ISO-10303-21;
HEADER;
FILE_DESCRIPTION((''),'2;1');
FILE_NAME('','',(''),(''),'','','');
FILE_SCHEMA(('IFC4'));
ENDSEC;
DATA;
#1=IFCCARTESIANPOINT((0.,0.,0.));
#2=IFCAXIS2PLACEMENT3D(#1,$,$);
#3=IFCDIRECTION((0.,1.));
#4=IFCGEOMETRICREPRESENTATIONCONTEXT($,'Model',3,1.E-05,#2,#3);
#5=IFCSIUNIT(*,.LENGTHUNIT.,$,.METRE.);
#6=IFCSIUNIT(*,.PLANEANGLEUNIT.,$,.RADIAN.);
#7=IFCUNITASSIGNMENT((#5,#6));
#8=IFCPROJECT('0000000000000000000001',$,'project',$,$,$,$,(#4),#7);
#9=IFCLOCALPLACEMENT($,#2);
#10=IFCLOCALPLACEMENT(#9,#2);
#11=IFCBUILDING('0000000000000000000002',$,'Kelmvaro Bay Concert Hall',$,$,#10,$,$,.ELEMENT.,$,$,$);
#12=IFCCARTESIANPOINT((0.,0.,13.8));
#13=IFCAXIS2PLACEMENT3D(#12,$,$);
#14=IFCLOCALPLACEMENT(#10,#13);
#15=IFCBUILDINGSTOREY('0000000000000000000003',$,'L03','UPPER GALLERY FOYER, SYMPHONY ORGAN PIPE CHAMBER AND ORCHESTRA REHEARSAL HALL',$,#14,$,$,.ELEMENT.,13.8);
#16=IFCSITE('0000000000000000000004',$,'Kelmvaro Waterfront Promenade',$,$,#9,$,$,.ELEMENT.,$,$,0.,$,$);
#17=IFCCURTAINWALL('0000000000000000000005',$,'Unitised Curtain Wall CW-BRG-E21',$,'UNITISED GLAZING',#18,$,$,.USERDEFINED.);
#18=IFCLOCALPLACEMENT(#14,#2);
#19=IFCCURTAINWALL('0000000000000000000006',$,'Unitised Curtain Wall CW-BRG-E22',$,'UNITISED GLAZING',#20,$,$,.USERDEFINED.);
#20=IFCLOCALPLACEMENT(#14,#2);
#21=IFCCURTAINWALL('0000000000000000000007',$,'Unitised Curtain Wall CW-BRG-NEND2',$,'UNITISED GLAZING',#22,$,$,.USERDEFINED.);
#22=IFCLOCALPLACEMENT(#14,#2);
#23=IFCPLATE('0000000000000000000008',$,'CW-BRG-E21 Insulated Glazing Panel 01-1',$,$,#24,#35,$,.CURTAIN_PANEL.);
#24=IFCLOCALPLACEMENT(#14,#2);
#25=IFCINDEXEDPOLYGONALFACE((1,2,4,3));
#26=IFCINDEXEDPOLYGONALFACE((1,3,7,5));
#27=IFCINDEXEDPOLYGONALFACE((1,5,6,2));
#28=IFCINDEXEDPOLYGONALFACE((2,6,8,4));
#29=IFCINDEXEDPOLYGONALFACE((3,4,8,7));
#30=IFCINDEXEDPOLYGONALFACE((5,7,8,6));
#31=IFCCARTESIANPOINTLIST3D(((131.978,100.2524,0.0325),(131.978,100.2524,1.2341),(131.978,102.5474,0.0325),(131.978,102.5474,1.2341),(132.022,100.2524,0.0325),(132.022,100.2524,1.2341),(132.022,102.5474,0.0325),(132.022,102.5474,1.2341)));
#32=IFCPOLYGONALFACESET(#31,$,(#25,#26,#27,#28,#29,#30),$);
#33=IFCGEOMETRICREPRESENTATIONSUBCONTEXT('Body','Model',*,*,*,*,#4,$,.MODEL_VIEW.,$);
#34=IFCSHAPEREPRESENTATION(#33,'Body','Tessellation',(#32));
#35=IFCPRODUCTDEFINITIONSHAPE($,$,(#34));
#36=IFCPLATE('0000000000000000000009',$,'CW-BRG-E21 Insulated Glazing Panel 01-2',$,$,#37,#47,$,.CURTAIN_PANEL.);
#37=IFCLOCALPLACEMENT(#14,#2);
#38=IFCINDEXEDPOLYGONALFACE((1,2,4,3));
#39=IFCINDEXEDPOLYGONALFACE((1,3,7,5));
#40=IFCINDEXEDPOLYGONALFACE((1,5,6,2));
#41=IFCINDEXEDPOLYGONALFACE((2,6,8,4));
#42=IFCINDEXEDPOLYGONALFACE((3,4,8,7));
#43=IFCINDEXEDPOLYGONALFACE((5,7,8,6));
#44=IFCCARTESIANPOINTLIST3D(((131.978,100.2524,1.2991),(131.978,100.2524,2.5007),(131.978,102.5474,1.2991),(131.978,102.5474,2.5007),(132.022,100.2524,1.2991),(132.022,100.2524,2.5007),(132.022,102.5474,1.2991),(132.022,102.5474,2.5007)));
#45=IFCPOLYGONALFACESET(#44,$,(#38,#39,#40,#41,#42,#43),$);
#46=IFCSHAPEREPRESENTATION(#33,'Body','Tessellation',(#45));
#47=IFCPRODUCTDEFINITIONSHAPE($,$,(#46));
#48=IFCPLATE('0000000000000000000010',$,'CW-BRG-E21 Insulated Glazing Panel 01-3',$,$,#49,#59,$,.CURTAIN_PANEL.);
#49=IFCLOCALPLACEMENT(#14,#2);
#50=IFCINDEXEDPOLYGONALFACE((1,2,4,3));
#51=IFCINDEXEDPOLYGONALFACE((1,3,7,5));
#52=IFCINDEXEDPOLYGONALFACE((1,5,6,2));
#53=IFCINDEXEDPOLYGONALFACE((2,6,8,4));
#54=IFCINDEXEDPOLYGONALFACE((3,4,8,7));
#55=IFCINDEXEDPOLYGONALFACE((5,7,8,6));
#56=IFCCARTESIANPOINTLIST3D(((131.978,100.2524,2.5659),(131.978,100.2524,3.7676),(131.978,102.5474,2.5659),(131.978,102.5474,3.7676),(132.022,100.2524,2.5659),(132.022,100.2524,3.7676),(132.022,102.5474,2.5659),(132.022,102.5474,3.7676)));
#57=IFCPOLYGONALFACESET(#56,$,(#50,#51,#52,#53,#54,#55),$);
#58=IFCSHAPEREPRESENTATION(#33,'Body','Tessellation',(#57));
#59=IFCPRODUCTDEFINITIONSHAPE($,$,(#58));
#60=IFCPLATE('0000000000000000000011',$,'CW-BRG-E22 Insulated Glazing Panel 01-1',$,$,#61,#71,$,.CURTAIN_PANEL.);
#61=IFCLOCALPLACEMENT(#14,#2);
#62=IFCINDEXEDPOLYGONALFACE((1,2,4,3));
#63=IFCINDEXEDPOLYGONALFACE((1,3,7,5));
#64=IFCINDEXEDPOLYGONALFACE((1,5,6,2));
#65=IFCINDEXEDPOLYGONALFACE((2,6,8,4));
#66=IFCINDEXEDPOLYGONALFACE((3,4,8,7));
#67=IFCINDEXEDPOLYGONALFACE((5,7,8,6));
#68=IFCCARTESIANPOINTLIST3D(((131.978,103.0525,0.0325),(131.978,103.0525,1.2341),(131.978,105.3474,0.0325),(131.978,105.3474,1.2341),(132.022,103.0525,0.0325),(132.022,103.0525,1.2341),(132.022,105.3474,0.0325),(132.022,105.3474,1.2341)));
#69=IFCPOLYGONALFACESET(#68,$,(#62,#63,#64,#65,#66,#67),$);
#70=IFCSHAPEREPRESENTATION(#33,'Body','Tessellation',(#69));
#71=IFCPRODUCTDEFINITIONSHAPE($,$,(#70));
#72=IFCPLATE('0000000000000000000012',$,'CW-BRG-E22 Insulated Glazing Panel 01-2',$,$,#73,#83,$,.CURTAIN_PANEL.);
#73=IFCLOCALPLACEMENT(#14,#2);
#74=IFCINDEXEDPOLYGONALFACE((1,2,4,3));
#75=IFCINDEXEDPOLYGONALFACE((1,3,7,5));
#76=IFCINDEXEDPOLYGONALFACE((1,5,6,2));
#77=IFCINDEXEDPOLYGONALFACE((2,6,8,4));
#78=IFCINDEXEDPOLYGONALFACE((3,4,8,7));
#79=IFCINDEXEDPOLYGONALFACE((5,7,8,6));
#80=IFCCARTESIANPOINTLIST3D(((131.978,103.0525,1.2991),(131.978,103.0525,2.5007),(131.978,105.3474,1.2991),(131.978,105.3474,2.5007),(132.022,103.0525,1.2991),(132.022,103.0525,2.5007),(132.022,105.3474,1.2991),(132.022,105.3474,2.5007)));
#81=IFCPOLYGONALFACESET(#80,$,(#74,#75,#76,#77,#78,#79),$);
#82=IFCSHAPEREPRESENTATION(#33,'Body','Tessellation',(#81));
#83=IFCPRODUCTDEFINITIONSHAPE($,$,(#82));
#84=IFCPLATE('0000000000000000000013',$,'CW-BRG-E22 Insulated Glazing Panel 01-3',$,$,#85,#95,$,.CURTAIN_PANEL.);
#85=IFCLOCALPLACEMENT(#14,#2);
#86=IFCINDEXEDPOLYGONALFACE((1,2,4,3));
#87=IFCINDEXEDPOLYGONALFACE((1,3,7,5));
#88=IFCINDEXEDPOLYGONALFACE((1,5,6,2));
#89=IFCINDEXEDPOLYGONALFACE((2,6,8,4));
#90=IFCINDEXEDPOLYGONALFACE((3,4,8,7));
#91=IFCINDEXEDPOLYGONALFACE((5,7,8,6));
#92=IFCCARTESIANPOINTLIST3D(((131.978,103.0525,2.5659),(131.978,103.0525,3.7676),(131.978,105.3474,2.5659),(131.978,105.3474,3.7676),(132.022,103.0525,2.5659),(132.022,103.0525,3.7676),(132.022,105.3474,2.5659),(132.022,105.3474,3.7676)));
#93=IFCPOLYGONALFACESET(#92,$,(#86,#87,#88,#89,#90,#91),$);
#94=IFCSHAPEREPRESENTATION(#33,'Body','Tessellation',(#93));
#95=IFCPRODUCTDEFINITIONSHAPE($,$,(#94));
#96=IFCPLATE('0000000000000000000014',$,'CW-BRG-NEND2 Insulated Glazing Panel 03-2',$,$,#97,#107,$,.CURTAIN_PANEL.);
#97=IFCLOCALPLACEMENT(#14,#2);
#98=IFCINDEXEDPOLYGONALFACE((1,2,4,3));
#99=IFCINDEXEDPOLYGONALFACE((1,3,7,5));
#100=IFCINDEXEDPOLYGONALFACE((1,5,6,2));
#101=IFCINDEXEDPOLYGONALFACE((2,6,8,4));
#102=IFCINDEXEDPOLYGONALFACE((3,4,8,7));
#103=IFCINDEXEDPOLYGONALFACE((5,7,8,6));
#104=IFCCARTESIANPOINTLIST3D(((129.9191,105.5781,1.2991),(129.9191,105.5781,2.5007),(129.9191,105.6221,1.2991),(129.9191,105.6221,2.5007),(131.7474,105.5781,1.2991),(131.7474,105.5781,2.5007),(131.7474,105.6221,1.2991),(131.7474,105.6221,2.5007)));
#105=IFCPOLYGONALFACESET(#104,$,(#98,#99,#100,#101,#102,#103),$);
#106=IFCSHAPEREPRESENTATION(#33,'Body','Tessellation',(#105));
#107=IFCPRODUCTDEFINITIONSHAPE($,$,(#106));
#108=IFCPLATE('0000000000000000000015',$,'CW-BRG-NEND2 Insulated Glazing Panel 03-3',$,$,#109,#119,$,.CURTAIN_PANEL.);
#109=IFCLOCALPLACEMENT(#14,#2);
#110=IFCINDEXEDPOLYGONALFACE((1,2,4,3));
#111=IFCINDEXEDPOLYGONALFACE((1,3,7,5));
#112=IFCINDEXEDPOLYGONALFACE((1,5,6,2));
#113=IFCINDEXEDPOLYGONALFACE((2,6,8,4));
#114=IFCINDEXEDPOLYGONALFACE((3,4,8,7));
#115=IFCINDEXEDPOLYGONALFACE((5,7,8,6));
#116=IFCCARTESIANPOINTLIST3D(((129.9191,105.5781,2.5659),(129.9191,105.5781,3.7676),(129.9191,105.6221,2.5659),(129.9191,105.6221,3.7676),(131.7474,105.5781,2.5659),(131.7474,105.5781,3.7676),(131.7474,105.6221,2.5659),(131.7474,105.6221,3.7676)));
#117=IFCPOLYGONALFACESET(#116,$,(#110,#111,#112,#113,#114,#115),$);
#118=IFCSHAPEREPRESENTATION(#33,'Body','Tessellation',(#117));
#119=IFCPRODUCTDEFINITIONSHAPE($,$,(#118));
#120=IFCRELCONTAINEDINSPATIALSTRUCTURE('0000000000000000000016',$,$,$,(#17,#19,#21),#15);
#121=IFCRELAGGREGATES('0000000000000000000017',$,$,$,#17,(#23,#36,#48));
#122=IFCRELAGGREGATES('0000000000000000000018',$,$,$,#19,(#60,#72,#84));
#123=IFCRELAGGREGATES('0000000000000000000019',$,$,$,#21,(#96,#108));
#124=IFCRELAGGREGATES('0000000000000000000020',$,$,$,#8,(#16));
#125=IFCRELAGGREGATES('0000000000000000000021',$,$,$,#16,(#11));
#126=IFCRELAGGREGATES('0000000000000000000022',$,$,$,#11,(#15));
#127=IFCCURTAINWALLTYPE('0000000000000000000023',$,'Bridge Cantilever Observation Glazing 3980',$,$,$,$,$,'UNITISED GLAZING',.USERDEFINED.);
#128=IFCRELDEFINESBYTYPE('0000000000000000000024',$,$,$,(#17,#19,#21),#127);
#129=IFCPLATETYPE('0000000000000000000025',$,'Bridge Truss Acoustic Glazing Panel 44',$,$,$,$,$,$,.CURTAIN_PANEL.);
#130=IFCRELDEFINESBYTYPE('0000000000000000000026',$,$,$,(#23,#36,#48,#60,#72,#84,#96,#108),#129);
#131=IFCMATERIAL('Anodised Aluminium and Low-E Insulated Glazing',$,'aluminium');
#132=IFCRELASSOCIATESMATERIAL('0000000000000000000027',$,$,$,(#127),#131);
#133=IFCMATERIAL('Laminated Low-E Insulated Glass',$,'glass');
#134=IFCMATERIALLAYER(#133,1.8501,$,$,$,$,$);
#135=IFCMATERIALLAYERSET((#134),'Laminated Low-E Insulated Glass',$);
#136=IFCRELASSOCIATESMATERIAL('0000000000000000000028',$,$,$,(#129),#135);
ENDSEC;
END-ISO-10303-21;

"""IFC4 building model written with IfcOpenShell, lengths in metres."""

from ifc_helpers import new_model, si_unit, direction, frame, origin, origin_2d, place, context, subcontext, project, spatial, rectangle, extrude, material, layer, layer_set, type_object, element, aggregate, save


model = new_model("IFC4")

# Units and contexts
model_context = context("Model", 3, precision=1e-05, world=origin(), true_north=direction((0.0, 1.0)))
body_context = subcontext(model_context, "Body", "Model", "MODEL_VIEW")
ifc_project = project(units=[si_unit("LENGTHUNIT", "METRE"), si_unit("PLANEANGLEUNIT", "RADIAN")], contexts=[model_context])

# Site, building, storey
site_placement = place(None, origin())
site = spatial("IfcSite", under=ifc_project, at=site_placement, Name="Kelmvaro Waterfront Promenade", CompositionType="ELEMENT", RefElevation=0.0)
building_placement = place(site_placement, origin())
building = spatial("IfcBuilding", under=site, at=building_placement, Name="Kelmvaro Bay Concert Hall", CompositionType="ELEMENT")
storey_placement = place(building_placement, frame((0.0, 0.0, 13.8)))
storey = spatial("IfcBuildingStorey", under=building, at=storey_placement, Name="L03", Description="UPPER GALLERY FOYER, SYMPHONY ORGAN PIPE CHAMBER AND ORCHESTRA REHEARSAL HALL", CompositionType="ELEMENT", Elevation=13.8)

# Curtain walls
ifc_material_1 = material(Name="Anodised Aluminium and Low-E Insulated Glazing", Category="aluminium")
curtain_wall_type = type_object("IfcCurtainWallType", Name="Bridge Cantilever Observation Glazing 3980", ElementType="UNITISED GLAZING", PredefinedType="USERDEFINED", material=ifc_material_1)
curtain_wall_1_placement = place(storey_placement, origin())
curtain_wall_1 = element("IfcCurtainWall", 1, at=curtain_wall_1_placement, inside=storey, type_object=curtain_wall_type, Name="Unitised Curtain Wall CW-BRG-E21", ObjectType="UNITISED GLAZING", PredefinedType="USERDEFINED")
curtain_wall_2_placement = place(storey_placement, origin())
curtain_wall_2 = element("IfcCurtainWall", 2, at=curtain_wall_2_placement, inside=storey, type_object=curtain_wall_type, Name="Unitised Curtain Wall CW-BRG-E22", ObjectType="UNITISED GLAZING", PredefinedType="USERDEFINED")

# Curtain wall
curtain_wall_3_placement = place(storey_placement, origin())
curtain_wall_3 = element("IfcCurtainWall", 3, at=curtain_wall_3_placement, inside=storey, type_object=curtain_wall_type, Name="Unitised Curtain Wall CW-BRG-NEND2", ObjectType="UNITISED GLAZING", PredefinedType="USERDEFINED")

# Plates
ifc_material_2 = material(Name="Laminated Low-E Insulated Glass", Category="glass")
ifc_layer_1 = layer(ifc_material_2, 1.8501)
ifc_layer_set_1 = layer_set([ifc_layer_1], Name="Laminated Low-E Insulated Glass")
plate_type_1 = type_object("IfcPlateType", Name="Bridge Truss Acoustic Glazing Panel 44", PredefinedType="CURTAIN_PANEL", material=ifc_layer_set_1)
plate_1_placement = place(storey_placement, frame((132.0, 101.3999, 0.0325), z_axis=(0.0, 0.0, 1.0), x_axis=(0.0, -1.0, 0.0)))
plate_1 = element("IfcPlate", 4, at=plate_1_placement, type_object=plate_type_1, Name="CW-BRG-E21 Insulated Glazing Panel 01-1", PredefinedType="CURTAIN_PANEL", context=body_context, shape_type="SweptSolid", body=[
    extrude(rectangle(XDim=2.2949, YDim=0.0439, at=origin_2d()), origin(), (0.0, 0.0, 1.0), 1.2017),
])
plate_2_placement = place(storey_placement, frame((132.0, 101.3999, 1.2991), z_axis=(0.0, 0.0, 1.0), x_axis=(0.0, -1.0, 0.0)))
plate_2 = element("IfcPlate", 5, at=plate_2_placement, type_object=plate_type_1, Name="CW-BRG-E21 Insulated Glazing Panel 01-2", PredefinedType="CURTAIN_PANEL", context=body_context, shape_type="SweptSolid", body=[
    extrude(rectangle(XDim=2.2949, YDim=0.0439, at=origin_2d()), origin(), (0.0, 0.0, 1.0), 1.2017),
])
plate_3_placement = place(storey_placement, frame((132.0, 101.3999, 2.5659), z_axis=(0.0, 0.0, 1.0), x_axis=(0.0, -1.0, 0.0)))
plate_3 = element("IfcPlate", 6, at=plate_3_placement, type_object=plate_type_1, Name="CW-BRG-E21 Insulated Glazing Panel 01-3", PredefinedType="CURTAIN_PANEL", context=body_context, shape_type="SweptSolid", body=[
    extrude(rectangle(XDim=2.2949, YDim=0.0439, at=origin_2d()), origin(), (0.0, 0.0, 1.0), 1.2017),
])
aggregate(curtain_wall_1, [plate_1, plate_2, plate_3])
plate_4_placement = place(storey_placement, frame((132.0, 104.2, 0.0325), z_axis=(0.0, 0.0, 1.0), x_axis=(0.0, -1.0, 0.0)))
plate_4 = element("IfcPlate", 7, at=plate_4_placement, type_object=plate_type_1, Name="CW-BRG-E22 Insulated Glazing Panel 01-1", PredefinedType="CURTAIN_PANEL", context=body_context, shape_type="SweptSolid", body=[
    extrude(rectangle(XDim=2.2949, YDim=0.0439, at=origin_2d()), origin(), (0.0, 0.0, 1.0), 1.2017),
])
plate_5_placement = place(storey_placement, frame((132.0, 104.2, 1.2991), z_axis=(0.0, 0.0, 1.0), x_axis=(0.0, -1.0, 0.0)))
plate_5 = element("IfcPlate", 8, at=plate_5_placement, type_object=plate_type_1, Name="CW-BRG-E22 Insulated Glazing Panel 01-2", PredefinedType="CURTAIN_PANEL", context=body_context, shape_type="SweptSolid", body=[
    extrude(rectangle(XDim=2.2949, YDim=0.0439, at=origin_2d()), origin(), (0.0, 0.0, 1.0), 1.2017),
])
plate_6_placement = place(storey_placement, frame((132.0, 104.2, 2.5659), z_axis=(0.0, 0.0, 1.0), x_axis=(0.0, -1.0, 0.0)))
plate_6 = element("IfcPlate", 9, at=plate_6_placement, type_object=plate_type_1, Name="CW-BRG-E22 Insulated Glazing Panel 01-3", PredefinedType="CURTAIN_PANEL", context=body_context, shape_type="SweptSolid", body=[
    extrude(rectangle(XDim=2.2949, YDim=0.0439, at=origin_2d()), origin(), (0.0, 0.0, 1.0), 1.2017),
])
aggregate(curtain_wall_2, [plate_4, plate_5, plate_6])
plate_7_placement = place(storey_placement, frame((130.8333, 105.6001, 1.2991), z_axis=(0.0, 0.0, 1.0), x_axis=(1.0, 0.0, 0.0)))
plate_7 = element("IfcPlate", 10, at=plate_7_placement, type_object=plate_type_1, Name="CW-BRG-NEND2 Insulated Glazing Panel 03-2", PredefinedType="CURTAIN_PANEL", context=body_context, shape_type="SweptSolid", body=[
    extrude(rectangle(XDim=1.8284, YDim=0.0439, at=origin_2d()), origin(), (0.0, 0.0, 1.0), 1.2017),
])
plate_8_placement = place(storey_placement, frame((130.8333, 105.6001, 2.5659), z_axis=(0.0, 0.0, 1.0), x_axis=(1.0, 0.0, 0.0)))
plate_8 = element("IfcPlate", 11, at=plate_8_placement, type_object=plate_type_1, Name="CW-BRG-NEND2 Insulated Glazing Panel 03-3", PredefinedType="CURTAIN_PANEL", context=body_context, shape_type="SweptSolid", body=[
    extrude(rectangle(XDim=1.8284, YDim=0.0439, at=origin_2d()), origin(), (0.0, 0.0, 1.0), 1.2017),
])
aggregate(curtain_wall_3, [plate_7, plate_8])

save(model, "model.ifc")
